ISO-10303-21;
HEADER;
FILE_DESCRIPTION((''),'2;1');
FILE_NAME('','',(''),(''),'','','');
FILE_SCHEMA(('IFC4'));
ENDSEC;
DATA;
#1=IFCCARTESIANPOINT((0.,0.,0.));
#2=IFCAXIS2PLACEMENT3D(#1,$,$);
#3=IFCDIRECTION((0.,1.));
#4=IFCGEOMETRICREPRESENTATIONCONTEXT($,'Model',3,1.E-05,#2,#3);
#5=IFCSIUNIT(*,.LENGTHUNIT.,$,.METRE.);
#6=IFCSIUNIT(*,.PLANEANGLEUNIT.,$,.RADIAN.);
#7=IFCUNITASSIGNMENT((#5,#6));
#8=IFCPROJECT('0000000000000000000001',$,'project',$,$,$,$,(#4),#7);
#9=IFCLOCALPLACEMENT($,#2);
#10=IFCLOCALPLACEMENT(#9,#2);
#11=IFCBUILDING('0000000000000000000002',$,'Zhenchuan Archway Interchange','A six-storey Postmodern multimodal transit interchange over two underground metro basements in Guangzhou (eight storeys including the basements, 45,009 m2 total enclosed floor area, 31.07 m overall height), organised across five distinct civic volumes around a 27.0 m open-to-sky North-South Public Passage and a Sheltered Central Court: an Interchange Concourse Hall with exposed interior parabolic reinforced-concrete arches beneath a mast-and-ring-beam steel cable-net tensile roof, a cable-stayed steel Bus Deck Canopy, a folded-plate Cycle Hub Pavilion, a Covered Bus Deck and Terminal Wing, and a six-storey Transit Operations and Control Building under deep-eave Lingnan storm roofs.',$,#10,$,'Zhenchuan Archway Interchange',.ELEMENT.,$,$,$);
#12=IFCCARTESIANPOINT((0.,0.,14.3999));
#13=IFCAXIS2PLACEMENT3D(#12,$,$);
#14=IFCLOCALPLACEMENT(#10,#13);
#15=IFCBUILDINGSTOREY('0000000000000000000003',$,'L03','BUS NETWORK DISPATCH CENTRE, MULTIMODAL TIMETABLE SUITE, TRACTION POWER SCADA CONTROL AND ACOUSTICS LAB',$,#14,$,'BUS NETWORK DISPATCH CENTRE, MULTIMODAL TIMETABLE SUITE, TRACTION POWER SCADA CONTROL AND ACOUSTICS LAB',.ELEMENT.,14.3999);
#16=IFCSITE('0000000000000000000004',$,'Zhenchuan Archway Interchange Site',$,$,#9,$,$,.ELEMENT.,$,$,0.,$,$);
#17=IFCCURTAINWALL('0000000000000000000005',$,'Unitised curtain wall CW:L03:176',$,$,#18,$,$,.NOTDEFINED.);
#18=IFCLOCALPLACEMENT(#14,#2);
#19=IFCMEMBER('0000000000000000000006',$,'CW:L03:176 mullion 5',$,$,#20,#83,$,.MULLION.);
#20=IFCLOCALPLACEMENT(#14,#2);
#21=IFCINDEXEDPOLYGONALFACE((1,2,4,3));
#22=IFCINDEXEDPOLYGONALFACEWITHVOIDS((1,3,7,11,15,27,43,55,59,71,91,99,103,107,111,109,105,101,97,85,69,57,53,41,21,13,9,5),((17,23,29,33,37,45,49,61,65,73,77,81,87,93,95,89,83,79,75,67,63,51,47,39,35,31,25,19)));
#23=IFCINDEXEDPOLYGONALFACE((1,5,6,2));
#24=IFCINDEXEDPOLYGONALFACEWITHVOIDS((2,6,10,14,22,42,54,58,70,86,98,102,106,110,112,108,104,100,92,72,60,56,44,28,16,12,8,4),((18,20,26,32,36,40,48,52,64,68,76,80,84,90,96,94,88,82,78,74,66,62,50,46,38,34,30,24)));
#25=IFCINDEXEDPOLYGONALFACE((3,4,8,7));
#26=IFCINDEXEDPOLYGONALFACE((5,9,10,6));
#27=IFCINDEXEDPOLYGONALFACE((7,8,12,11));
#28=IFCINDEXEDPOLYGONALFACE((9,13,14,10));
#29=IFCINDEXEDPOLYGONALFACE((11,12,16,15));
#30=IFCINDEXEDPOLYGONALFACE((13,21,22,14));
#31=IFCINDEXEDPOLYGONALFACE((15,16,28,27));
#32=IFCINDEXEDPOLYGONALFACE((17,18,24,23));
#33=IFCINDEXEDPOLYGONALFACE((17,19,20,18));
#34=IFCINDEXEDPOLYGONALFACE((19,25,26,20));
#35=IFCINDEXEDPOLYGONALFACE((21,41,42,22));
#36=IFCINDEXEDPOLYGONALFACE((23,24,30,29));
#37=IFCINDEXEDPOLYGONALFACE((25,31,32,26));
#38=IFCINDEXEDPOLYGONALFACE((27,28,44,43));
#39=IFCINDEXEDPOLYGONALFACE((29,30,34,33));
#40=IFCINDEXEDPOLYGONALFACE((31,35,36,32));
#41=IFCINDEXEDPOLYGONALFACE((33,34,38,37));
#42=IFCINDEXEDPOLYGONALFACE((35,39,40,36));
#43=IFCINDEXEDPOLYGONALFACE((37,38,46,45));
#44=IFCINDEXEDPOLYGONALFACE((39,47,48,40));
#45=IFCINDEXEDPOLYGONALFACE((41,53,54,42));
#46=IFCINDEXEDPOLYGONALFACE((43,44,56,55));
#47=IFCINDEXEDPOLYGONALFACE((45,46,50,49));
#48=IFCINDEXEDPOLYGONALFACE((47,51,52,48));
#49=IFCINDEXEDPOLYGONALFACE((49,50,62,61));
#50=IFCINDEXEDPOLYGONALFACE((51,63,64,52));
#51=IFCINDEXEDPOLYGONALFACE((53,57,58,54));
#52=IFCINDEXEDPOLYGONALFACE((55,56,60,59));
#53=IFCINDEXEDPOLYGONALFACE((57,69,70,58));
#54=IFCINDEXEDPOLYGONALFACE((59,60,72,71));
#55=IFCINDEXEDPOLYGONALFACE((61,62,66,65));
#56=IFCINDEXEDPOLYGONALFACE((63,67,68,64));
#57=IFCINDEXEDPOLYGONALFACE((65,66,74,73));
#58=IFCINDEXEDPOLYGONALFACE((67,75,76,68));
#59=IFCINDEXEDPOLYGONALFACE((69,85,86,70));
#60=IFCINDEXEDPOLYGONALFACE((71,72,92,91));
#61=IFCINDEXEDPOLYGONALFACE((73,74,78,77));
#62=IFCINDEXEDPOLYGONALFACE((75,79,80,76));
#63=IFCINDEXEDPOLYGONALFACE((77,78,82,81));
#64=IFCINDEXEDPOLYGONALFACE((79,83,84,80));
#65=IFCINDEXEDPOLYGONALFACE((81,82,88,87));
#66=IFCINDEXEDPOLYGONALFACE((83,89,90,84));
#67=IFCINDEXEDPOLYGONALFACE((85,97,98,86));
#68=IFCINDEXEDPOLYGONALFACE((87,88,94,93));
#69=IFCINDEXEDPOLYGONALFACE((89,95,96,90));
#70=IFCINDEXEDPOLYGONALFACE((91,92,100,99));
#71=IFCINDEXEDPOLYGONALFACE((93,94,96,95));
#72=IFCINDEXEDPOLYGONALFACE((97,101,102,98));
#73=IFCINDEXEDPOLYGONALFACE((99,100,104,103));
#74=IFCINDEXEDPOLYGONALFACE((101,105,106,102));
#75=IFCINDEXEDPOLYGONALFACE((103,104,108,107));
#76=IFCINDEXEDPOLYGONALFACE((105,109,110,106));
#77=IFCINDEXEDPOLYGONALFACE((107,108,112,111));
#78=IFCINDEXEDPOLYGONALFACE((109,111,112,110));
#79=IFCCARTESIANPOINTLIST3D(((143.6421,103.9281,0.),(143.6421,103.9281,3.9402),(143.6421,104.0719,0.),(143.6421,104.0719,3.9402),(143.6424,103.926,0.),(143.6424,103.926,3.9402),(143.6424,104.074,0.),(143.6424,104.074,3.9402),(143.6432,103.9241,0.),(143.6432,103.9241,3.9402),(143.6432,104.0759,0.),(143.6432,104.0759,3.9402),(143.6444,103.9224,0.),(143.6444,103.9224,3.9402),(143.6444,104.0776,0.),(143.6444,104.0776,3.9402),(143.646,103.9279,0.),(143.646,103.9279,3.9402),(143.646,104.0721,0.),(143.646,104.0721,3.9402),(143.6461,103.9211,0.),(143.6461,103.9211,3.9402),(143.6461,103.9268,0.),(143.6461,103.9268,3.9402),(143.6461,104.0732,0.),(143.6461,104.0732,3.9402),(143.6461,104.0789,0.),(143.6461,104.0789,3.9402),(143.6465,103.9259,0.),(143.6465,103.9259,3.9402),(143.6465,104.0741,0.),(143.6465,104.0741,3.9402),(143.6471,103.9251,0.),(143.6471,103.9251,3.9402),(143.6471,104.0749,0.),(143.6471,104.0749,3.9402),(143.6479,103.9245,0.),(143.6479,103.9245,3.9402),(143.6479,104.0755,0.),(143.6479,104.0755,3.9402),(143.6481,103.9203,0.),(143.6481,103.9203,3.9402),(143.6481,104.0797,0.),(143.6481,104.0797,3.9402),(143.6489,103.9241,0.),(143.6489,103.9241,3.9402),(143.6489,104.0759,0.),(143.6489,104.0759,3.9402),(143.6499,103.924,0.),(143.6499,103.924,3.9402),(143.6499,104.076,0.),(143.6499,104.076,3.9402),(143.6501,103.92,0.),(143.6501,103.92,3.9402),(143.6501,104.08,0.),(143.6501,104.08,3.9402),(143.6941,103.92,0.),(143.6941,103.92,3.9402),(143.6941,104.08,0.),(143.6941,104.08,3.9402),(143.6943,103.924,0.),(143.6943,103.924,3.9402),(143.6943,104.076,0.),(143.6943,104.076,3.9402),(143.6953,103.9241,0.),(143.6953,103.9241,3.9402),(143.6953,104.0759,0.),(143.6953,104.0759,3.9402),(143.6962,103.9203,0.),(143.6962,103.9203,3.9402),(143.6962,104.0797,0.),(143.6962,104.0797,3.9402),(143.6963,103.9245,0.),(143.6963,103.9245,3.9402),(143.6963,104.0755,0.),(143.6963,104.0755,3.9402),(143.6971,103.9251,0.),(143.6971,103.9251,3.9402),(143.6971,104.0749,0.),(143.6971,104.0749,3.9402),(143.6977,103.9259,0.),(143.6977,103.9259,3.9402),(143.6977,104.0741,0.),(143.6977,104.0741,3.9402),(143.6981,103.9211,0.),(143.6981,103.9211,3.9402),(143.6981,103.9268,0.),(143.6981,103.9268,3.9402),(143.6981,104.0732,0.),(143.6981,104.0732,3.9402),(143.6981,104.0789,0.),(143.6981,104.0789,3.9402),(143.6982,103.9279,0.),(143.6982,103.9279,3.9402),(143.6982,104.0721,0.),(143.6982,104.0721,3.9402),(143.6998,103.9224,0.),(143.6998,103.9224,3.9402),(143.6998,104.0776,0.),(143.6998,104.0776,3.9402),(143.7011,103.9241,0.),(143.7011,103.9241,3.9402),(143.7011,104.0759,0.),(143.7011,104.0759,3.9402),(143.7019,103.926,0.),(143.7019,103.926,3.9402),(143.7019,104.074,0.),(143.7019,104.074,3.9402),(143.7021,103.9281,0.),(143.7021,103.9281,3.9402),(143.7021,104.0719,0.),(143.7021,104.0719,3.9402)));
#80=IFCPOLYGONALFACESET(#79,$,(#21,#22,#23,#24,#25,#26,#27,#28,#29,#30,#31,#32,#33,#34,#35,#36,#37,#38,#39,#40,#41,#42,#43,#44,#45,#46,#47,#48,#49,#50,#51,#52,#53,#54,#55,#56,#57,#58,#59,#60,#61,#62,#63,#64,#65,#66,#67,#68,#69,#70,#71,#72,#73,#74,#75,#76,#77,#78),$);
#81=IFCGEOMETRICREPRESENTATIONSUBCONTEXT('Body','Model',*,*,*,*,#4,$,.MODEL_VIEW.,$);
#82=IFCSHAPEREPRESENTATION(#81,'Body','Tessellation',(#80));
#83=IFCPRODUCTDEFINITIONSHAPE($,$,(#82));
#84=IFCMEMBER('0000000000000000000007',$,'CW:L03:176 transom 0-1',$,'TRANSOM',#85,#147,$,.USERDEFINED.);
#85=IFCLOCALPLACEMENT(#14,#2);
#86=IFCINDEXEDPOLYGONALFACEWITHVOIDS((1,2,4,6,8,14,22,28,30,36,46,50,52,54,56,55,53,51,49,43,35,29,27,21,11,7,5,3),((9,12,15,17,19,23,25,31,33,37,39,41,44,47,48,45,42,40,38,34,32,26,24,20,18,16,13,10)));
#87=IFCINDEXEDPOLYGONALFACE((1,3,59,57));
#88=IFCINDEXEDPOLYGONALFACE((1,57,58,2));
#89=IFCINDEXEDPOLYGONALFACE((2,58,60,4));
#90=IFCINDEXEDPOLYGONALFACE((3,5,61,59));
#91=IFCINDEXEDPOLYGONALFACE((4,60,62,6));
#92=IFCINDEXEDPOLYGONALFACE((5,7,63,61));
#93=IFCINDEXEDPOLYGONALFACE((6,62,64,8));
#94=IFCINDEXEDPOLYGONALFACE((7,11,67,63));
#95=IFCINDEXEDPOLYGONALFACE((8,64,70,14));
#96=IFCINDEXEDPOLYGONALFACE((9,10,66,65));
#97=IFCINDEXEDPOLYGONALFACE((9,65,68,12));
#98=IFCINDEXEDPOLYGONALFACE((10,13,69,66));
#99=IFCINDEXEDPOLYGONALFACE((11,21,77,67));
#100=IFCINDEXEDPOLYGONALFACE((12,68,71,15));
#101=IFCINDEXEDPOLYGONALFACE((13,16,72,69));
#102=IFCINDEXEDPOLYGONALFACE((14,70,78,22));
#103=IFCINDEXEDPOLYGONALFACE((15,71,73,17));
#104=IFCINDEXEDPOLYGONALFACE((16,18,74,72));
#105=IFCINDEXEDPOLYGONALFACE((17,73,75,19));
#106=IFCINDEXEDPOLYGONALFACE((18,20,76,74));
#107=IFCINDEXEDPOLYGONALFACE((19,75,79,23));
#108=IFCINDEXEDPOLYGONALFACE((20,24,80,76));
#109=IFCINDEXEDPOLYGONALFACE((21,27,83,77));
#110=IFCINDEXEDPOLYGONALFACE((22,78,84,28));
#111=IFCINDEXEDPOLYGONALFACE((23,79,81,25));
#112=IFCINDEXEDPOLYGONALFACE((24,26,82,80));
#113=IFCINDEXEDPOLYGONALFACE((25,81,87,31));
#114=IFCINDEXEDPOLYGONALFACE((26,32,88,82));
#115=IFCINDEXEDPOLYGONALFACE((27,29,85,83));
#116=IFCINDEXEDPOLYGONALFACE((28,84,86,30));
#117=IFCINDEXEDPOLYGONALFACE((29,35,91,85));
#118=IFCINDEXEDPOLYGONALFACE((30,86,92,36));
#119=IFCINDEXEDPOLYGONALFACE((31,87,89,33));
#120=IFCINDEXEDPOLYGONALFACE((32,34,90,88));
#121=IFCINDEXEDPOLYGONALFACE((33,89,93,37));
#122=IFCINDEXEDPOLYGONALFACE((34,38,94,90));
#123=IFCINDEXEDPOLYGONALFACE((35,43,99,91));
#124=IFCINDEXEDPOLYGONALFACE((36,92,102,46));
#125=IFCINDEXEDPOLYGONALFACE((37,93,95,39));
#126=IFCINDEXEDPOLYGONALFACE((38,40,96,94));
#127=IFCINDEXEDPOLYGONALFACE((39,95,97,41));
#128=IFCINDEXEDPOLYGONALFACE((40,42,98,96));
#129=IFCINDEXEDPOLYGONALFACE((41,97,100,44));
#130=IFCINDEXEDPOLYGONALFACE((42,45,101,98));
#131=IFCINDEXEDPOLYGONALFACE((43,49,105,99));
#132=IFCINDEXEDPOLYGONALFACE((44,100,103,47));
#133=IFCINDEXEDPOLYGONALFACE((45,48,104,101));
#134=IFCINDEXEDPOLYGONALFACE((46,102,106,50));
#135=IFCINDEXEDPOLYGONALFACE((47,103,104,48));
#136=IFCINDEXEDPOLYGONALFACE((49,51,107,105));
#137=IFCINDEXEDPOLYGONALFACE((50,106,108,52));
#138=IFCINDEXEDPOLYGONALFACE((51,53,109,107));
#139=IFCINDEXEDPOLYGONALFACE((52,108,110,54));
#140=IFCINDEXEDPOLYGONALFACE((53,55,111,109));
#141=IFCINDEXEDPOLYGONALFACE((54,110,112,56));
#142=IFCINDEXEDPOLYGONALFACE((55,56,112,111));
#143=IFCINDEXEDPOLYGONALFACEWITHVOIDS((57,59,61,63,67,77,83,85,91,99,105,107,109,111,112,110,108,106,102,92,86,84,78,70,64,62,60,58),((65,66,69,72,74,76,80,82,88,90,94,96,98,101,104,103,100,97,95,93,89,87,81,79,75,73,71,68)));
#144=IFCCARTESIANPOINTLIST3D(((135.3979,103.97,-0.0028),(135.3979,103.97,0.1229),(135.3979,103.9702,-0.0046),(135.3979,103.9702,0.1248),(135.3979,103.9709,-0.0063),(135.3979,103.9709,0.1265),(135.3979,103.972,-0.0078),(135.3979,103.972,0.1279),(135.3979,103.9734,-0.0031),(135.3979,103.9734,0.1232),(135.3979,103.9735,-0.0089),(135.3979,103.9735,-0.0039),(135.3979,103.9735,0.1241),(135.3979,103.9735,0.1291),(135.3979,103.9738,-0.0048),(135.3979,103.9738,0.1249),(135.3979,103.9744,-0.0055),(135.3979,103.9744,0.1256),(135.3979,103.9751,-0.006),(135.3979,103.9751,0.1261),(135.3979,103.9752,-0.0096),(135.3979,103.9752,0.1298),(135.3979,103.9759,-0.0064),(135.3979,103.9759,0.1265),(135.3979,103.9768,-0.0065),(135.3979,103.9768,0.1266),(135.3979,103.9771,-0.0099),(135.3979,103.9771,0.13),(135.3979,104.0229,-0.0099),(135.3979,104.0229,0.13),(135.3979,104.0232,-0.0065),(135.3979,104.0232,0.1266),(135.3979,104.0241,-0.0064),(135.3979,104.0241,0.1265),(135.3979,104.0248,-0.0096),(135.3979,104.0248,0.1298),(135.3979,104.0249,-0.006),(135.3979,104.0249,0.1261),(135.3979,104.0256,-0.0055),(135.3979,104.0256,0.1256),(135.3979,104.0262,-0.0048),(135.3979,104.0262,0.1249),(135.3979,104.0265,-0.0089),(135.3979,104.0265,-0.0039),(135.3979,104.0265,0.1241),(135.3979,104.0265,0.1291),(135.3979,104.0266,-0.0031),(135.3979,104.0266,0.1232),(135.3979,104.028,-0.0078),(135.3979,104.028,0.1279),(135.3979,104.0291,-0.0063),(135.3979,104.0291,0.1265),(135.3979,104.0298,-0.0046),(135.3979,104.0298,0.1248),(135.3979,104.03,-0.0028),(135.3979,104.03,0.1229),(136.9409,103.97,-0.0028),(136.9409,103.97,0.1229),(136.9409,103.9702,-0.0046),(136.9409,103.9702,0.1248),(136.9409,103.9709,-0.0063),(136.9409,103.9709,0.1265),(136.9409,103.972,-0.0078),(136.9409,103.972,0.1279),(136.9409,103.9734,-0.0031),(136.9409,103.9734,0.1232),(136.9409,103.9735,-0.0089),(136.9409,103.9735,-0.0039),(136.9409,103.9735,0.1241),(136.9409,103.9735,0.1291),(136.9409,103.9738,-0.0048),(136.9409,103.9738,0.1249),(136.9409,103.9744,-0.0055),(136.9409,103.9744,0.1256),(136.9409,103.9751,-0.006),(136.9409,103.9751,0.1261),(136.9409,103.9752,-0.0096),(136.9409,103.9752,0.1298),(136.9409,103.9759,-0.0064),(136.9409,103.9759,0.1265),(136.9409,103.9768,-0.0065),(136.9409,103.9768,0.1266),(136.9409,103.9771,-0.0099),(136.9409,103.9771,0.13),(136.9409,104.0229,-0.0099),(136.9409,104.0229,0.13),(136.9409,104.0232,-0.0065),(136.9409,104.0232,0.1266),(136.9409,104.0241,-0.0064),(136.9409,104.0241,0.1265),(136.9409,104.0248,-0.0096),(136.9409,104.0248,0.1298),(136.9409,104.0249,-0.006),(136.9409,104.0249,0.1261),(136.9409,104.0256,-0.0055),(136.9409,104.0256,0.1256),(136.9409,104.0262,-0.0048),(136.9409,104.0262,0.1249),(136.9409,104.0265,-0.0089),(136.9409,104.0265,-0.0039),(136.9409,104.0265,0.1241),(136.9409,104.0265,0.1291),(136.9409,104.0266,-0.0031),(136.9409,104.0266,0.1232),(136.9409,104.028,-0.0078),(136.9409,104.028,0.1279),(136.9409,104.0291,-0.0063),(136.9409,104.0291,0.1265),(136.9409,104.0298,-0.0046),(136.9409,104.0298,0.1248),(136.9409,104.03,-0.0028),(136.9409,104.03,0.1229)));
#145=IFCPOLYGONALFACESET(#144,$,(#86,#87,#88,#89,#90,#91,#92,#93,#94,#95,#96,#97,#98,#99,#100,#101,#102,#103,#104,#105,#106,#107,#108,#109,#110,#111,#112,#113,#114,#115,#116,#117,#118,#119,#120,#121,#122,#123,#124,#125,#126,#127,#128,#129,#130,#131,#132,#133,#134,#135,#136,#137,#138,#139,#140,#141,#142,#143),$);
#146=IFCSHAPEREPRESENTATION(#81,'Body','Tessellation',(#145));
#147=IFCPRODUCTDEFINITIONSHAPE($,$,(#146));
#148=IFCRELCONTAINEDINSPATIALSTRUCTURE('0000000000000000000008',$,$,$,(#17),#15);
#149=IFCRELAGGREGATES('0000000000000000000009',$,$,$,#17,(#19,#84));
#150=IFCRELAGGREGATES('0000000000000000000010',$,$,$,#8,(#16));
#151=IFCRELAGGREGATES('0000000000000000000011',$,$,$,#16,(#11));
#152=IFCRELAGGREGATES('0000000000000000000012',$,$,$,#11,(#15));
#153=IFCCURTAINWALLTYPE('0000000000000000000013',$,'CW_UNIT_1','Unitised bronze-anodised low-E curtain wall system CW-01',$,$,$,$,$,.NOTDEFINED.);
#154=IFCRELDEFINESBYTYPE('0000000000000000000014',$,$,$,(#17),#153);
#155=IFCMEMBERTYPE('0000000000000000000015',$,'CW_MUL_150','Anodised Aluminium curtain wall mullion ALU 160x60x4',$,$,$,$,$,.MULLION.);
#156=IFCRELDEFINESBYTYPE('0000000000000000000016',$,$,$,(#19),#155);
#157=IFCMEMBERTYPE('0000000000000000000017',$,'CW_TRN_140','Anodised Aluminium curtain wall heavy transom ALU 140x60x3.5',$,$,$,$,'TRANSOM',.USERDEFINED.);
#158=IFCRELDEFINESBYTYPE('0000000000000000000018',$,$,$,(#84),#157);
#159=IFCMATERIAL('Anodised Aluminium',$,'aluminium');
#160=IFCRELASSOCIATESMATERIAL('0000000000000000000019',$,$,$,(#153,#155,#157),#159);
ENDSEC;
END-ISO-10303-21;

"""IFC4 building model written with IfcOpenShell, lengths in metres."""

from ifc_helpers import new_model, si_unit, direction, frame, origin, origin_2d, place, context, subcontext, project, spatial, hollow_rectangle, extrude, material, material_profile, profile_set, type_object, element, aggregate, save


model = new_model("IFC4")

# Units and contexts
model_context = context("Model", 3, precision=1e-05, world=origin(), true_north=direction((0.0, 1.0)))
body_context = subcontext(model_context, "Body", "Model", "MODEL_VIEW")
ifc_project = project(units=[si_unit("LENGTHUNIT", "METRE"), si_unit("PLANEANGLEUNIT", "RADIAN")], contexts=[model_context])

# Site, building, storey
site_placement = place(None, origin())
site = spatial("IfcSite", under=ifc_project, at=site_placement, Name="Zhenchuan Archway Interchange Site", CompositionType="ELEMENT", RefElevation=0.0)
building_placement = place(site_placement, origin())
building = spatial("IfcBuilding", under=site, at=building_placement, Name="Zhenchuan Archway Interchange", Description="A six-storey Postmodern multimodal transit interchange over two underground metro basements in Guangzhou (eight storeys including the basements, 45,009 m2 total enclosed floor area, 31.07 m overall height), organised across five distinct civic volumes around a 27.0 m open-to-sky North-South Public Passage and a Sheltered Central Court: an Interchange Concourse Hall with exposed interior parabolic reinforced-concrete arches beneath a mast-and-ring-beam steel cable-net tensile roof, a cable-stayed steel Bus Deck Canopy, a folded-plate Cycle Hub Pavilion, a Covered Bus Deck and Terminal Wing, and a six-storey Transit Operations and Control Building under deep-eave Lingnan storm roofs.", LongName="Zhenchuan Archway Interchange", CompositionType="ELEMENT")
storey_placement = place(building_placement, frame((0.0, 0.0, 14.3999)))
storey = spatial("IfcBuildingStorey", under=building, at=storey_placement, Name="L03", Description="BUS NETWORK DISPATCH CENTRE, MULTIMODAL TIMETABLE SUITE, TRACTION POWER SCADA CONTROL AND ACOUSTICS LAB", LongName="BUS NETWORK DISPATCH CENTRE, MULTIMODAL TIMETABLE SUITE, TRACTION POWER SCADA CONTROL AND ACOUSTICS LAB", CompositionType="ELEMENT", Elevation=14.3999)

# Curtain wall, members
ifc_material_1 = material(Name="Anodised Aluminium", Category="aluminium")
curtain_wall_type = type_object("IfcCurtainWallType", Name="CW_UNIT_1", Description="Unitised bronze-anodised low-E curtain wall system CW-01", PredefinedType="NOTDEFINED", material=ifc_material_1)
curtain_wall_placement = place(storey_placement, origin())
curtain_wall = element("IfcCurtainWall", 1, at=curtain_wall_placement, inside=storey, type_object=curtain_wall_type, Name="Unitised curtain wall CW:L03:176", PredefinedType="NOTDEFINED")
ifc_material_profile_1 = material_profile(ifc_material_1, hollow_rectangle(XDim=0.0601, YDim=0.1599, WallThickness=0.0039, InnerFilletRadius=0.0039, OuterFilletRadius=0.0081, at=origin_2d()), Name="ALU 160x60x4")
ifc_profile_set_1 = profile_set([ifc_material_profile_1], Name="Anodised Aluminium")
member_type_1 = type_object("IfcMemberType", Name="CW_MUL_150", Description="Anodised Aluminium curtain wall mullion ALU 160x60x4", PredefinedType="MULLION", material=ifc_profile_set_1)
member_1_placement = place(storey_placement, frame((143.6721, 104.0, 0.0), z_axis=(0.0, 0.0, 1.0), x_axis=(1.0, 0.0, 0.0)))
member_1 = element("IfcMember", 2, at=member_1_placement, type_object=member_type_1, Name="CW:L03:176 mullion 5", PredefinedType="MULLION", context=body_context, shape_type="SweptSolid", body=[
    extrude(hollow_rectangle(XDim=0.0601, YDim=0.1599, WallThickness=0.0039, InnerFilletRadius=0.0039, OuterFilletRadius=0.0081, at=origin_2d()), origin(), (0.0, 0.0, 1.0), 3.9402),
])
ifc_material_profile_2 = material_profile(ifc_material_1, hollow_rectangle(XDim=0.0601, YDim=0.1399, WallThickness=0.0034, InnerFilletRadius=0.0034, OuterFilletRadius=0.0071, at=origin_2d()), Name="ALU 140x60x3.5")
ifc_profile_set_2 = profile_set([ifc_material_profile_2], Name="Anodised Aluminium")
member_type_2 = type_object("IfcMemberType", Name="CW_TRN_140", Description="Anodised Aluminium curtain wall heavy transom ALU 140x60x3.5", ElementType="TRANSOM", PredefinedType="USERDEFINED", material=ifc_profile_set_2)
member_2_placement = place(storey_placement, frame((135.3979, 104.0, 0.0601), z_axis=(1.0, 0.0, 0.0), x_axis=(0.0, 1.0, 0.0)))
member_2 = element("IfcMember", 3, at=member_2_placement, type_object=member_type_2, Name="CW:L03:176 transom 0-1", ObjectType="TRANSOM", PredefinedType="USERDEFINED", context=body_context, shape_type="SweptSolid", body=[
    extrude(hollow_rectangle(XDim=0.0601, YDim=0.1399, WallThickness=0.0034, InnerFilletRadius=0.0034, OuterFilletRadius=0.0071, at=origin_2d()), origin(), (0.0, 0.0, 1.0), 1.543),
])

aggregate(curtain_wall, [member_1, member_2])

save(model, "model.ifc")
